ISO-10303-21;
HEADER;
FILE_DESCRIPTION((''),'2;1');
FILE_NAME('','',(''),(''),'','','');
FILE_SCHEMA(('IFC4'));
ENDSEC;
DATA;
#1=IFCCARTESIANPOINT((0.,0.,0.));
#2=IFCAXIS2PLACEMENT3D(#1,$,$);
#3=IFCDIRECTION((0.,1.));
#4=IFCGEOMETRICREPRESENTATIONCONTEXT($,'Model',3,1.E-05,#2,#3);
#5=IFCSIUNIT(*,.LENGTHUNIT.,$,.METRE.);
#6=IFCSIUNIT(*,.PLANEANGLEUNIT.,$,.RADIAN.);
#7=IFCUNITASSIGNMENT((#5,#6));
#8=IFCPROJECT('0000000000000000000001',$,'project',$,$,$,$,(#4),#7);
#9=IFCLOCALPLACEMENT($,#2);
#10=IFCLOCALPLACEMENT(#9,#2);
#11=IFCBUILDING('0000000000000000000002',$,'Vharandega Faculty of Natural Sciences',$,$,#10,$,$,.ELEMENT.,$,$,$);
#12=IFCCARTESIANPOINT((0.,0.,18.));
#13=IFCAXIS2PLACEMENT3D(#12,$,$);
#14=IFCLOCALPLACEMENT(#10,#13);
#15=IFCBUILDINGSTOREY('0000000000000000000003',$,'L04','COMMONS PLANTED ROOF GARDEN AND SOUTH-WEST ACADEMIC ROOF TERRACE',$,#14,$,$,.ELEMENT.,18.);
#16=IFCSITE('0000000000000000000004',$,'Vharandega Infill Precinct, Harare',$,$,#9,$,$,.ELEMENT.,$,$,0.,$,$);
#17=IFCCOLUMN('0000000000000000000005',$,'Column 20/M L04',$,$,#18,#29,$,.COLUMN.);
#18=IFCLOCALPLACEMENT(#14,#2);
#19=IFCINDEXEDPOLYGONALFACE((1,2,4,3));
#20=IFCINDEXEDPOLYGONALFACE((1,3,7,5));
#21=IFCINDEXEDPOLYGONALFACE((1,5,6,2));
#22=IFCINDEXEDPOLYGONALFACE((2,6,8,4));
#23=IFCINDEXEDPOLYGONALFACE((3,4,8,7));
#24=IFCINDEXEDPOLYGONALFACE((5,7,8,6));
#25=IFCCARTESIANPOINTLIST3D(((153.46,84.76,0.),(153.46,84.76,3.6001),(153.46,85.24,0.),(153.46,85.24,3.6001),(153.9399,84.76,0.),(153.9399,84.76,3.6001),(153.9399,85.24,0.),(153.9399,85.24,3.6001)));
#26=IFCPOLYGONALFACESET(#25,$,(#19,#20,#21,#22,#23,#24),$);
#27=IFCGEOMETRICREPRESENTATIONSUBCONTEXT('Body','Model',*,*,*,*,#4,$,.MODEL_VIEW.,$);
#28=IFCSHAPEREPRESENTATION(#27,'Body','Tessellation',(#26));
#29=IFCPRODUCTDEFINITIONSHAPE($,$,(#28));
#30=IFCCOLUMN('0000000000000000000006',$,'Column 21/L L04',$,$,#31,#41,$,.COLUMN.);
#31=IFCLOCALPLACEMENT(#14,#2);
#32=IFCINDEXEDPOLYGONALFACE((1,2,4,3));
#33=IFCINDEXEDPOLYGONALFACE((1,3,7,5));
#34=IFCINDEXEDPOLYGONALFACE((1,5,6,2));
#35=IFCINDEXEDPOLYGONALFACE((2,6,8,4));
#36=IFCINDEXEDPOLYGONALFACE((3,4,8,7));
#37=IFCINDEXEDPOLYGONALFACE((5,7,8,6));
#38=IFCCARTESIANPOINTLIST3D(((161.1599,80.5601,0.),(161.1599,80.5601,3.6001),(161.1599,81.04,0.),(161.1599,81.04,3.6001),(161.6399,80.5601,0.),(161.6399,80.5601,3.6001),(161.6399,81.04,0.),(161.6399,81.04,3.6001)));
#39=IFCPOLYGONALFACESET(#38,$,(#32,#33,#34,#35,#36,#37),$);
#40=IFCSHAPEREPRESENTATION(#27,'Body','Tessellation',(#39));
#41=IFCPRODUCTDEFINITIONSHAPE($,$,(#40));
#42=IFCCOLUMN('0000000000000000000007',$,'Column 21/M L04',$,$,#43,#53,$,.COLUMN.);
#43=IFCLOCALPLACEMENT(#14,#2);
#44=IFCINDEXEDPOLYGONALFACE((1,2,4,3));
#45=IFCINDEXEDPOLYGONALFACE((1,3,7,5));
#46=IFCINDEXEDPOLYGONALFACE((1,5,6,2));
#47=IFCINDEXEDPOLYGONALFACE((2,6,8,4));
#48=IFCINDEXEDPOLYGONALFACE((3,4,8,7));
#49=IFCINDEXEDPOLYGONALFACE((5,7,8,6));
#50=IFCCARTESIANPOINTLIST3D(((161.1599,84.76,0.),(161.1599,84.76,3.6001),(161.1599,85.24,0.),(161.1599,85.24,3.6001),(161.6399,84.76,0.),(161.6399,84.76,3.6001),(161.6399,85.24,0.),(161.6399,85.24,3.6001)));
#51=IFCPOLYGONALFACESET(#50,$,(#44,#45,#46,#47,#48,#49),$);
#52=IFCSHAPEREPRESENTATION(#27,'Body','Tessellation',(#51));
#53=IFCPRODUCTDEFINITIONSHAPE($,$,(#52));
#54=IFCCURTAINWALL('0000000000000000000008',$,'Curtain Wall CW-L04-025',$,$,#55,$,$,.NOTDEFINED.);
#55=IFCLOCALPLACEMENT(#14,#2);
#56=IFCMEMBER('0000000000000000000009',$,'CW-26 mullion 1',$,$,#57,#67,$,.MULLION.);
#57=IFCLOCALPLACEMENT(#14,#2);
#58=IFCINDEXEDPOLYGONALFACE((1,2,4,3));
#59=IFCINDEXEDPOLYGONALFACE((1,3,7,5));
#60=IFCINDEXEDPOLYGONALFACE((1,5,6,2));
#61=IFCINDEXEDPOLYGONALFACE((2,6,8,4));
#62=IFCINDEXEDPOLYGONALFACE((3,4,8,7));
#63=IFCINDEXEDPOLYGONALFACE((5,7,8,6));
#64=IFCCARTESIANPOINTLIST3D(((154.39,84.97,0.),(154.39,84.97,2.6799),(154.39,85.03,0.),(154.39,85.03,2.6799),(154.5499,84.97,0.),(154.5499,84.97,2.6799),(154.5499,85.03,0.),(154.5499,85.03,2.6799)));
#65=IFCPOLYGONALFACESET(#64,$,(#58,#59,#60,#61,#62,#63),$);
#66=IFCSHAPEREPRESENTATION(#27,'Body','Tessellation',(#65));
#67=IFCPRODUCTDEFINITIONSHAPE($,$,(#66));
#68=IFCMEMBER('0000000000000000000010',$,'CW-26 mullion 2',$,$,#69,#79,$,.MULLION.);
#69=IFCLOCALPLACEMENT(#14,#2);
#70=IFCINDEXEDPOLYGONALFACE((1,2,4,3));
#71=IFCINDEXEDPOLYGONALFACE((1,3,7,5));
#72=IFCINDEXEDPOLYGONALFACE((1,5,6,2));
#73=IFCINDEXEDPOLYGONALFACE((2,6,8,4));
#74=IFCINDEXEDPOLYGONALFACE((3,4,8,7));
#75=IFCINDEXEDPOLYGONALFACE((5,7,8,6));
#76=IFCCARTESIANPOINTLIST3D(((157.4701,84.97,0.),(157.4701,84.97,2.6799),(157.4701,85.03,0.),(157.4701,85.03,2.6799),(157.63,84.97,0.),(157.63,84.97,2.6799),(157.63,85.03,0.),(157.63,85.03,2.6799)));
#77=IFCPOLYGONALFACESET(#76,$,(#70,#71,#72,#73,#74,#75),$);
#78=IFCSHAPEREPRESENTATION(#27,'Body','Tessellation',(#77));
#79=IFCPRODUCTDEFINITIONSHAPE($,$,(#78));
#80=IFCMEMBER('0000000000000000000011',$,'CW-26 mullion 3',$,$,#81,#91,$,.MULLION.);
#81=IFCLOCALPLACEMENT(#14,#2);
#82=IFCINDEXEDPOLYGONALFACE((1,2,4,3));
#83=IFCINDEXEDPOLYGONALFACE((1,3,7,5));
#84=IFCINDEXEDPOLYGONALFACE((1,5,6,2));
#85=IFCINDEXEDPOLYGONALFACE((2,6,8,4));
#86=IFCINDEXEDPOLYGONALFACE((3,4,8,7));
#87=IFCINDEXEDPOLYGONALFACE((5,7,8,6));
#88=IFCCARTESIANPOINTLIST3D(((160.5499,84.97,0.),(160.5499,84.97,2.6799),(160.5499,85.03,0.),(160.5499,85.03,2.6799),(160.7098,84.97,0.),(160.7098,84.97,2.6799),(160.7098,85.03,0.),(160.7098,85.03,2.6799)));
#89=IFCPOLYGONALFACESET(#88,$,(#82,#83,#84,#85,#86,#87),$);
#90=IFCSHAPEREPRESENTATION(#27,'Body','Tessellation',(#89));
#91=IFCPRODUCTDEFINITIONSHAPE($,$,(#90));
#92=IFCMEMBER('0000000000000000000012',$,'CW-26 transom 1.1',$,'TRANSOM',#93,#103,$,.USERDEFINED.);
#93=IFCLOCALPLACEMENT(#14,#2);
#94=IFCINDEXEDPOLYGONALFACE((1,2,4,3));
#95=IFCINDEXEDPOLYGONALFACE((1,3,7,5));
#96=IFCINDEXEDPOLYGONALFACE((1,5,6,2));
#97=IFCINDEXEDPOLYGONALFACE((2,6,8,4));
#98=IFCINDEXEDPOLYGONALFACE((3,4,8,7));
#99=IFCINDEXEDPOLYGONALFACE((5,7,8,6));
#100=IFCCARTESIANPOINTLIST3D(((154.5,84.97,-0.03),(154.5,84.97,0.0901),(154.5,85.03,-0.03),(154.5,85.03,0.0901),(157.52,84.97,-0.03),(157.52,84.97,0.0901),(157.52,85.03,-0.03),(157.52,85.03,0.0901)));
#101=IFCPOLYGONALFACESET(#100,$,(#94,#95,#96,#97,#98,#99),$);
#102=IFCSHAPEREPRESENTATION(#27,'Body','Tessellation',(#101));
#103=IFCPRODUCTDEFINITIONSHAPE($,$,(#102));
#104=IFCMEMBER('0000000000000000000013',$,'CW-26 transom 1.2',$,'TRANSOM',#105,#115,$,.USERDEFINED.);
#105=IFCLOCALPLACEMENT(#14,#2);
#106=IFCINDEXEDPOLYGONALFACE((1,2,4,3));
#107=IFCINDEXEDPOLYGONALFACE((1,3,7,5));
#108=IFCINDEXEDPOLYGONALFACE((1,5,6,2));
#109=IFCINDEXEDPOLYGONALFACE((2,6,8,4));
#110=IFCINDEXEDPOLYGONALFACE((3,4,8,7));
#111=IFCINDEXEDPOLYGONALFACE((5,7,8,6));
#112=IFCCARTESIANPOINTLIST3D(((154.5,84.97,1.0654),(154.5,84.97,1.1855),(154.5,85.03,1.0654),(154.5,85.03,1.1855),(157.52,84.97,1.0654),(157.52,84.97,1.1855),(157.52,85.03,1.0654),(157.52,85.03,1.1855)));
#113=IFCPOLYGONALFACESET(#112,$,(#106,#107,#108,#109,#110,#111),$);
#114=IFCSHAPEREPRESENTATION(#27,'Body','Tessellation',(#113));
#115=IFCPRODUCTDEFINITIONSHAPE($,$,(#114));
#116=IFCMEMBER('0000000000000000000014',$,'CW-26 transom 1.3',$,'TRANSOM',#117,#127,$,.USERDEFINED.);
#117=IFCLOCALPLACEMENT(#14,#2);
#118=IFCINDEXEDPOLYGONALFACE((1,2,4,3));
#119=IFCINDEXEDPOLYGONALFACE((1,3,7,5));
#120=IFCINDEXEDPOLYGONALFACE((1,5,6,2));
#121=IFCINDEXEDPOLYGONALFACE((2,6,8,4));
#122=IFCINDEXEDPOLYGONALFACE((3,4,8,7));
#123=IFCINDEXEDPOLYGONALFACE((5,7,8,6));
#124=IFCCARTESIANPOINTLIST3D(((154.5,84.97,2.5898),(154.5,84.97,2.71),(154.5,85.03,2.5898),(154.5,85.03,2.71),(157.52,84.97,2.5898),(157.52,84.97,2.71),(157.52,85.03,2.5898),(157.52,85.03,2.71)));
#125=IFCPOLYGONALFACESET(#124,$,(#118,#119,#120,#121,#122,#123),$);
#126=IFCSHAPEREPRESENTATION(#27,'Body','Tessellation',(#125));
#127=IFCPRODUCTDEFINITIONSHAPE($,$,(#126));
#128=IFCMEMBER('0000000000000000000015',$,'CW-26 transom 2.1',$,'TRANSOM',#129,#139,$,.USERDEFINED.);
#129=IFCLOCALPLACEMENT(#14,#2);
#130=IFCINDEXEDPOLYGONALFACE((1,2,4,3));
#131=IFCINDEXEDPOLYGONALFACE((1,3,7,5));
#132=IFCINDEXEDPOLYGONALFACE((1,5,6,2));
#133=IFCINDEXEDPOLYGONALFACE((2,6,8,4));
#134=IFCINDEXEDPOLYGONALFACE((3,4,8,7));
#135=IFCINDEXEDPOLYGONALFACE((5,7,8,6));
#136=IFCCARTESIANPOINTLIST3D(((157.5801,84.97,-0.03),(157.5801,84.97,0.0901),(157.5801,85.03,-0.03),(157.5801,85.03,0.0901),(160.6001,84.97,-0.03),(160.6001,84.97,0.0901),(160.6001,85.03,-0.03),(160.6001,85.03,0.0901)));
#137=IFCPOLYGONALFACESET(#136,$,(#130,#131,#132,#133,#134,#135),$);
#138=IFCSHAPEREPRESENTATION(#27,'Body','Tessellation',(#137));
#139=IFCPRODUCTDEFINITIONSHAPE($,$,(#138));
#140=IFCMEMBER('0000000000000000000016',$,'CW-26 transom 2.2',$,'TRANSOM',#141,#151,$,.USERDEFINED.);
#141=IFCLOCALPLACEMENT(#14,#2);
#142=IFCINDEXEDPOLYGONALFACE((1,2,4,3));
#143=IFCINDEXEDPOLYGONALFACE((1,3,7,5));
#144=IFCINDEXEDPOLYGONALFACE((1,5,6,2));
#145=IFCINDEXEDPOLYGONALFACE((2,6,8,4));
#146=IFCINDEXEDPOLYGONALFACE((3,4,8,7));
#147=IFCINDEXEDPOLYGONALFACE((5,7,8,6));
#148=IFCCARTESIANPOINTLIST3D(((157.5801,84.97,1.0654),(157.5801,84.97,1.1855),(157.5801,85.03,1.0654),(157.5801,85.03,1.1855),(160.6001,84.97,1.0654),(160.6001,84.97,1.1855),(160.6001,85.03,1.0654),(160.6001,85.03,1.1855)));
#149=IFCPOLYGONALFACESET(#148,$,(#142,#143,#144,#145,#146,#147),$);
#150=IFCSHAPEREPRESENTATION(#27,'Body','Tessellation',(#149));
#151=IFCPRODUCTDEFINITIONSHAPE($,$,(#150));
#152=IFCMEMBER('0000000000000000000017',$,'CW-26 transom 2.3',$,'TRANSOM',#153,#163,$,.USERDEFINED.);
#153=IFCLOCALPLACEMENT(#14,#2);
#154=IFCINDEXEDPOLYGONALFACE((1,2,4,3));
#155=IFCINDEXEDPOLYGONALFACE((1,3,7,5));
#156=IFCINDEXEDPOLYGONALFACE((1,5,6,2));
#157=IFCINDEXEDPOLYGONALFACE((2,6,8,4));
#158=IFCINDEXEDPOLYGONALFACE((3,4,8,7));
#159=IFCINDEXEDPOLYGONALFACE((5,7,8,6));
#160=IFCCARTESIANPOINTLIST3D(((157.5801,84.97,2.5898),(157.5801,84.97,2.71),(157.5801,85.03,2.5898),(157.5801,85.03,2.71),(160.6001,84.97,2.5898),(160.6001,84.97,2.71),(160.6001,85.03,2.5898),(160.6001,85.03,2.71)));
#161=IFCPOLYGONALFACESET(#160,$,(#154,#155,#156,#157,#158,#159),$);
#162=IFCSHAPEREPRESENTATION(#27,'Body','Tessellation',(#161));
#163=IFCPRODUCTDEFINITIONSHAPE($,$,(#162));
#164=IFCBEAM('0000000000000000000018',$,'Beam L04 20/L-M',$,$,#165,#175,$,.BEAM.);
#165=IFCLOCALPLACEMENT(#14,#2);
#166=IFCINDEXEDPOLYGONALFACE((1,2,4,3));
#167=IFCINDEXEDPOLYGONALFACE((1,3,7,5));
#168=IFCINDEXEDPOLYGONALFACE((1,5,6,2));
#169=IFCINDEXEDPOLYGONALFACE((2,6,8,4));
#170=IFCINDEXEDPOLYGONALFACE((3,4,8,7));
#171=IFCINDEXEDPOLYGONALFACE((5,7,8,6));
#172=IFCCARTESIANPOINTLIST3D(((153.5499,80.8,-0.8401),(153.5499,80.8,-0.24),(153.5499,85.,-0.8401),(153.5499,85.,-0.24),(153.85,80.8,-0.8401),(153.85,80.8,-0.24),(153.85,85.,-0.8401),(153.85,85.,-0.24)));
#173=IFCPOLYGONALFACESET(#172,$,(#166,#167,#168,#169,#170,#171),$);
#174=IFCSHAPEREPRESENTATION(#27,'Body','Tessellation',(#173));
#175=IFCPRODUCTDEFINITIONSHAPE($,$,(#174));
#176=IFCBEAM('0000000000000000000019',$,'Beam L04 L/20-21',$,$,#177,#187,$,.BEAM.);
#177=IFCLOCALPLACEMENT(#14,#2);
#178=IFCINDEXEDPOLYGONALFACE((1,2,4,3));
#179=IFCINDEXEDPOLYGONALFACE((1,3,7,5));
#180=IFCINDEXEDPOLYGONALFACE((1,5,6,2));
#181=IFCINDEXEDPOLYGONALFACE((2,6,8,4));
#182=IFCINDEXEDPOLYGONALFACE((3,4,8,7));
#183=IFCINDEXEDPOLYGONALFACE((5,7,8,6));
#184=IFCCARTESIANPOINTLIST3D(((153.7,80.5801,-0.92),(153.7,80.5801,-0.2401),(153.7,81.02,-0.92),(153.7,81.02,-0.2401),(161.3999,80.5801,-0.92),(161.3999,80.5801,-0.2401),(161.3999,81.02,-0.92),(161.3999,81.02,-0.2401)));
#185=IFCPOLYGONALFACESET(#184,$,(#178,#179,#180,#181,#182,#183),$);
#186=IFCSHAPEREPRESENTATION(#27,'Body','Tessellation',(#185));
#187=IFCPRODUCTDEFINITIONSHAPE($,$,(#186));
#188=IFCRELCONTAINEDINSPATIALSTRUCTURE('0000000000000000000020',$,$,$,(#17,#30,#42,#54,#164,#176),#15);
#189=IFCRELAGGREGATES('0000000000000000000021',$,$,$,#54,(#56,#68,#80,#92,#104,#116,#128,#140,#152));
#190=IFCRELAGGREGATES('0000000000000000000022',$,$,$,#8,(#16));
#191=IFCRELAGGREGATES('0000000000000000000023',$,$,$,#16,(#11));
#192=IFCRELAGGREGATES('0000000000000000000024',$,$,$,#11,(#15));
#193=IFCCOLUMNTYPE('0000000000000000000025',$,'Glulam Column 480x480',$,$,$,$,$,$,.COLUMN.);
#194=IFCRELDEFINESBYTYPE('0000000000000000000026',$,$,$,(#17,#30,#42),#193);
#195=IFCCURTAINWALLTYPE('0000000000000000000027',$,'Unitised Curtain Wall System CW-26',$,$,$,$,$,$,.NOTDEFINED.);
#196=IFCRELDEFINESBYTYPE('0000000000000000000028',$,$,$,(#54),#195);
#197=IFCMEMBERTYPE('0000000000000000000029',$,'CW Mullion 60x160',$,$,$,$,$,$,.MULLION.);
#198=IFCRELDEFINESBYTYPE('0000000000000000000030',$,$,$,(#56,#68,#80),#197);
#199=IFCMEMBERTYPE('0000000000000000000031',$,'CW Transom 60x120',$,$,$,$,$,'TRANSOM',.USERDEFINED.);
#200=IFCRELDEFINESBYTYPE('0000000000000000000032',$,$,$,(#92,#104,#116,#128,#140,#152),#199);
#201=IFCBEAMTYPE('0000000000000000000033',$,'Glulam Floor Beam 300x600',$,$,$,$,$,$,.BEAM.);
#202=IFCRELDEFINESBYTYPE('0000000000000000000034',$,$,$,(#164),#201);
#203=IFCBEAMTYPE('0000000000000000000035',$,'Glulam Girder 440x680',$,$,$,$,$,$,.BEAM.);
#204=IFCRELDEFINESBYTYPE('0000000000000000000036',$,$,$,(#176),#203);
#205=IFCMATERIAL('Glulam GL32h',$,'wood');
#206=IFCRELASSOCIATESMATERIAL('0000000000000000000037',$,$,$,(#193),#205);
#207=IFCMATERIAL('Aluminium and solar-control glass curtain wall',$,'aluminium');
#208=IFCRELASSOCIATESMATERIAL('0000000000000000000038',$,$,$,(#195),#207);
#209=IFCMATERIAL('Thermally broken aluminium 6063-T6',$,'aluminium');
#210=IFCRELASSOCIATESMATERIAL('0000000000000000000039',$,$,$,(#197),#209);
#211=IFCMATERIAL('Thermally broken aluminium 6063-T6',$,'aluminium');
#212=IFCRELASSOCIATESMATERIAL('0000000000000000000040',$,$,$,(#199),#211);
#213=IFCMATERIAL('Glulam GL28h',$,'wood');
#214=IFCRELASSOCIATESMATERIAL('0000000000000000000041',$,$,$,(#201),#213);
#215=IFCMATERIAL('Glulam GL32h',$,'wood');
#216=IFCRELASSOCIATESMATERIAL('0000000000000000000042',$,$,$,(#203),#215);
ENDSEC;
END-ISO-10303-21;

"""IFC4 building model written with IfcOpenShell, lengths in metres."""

from ifc_helpers import new_model, si_unit, direction, frame, origin, origin_2d, place, context, subcontext, project, spatial, rectangle, extrude, material, material_profile, profile_set, type_object, element, aggregate, save


model = new_model("IFC4")

# Units and contexts
model_context = context("Model", 3, precision=1e-05, world=origin(), true_north=direction((0.0, 1.0)))
body_context = subcontext(model_context, "Body", "Model", "MODEL_VIEW")
ifc_project = project(units=[si_unit("LENGTHUNIT", "METRE"), si_unit("PLANEANGLEUNIT", "RADIAN")], contexts=[model_context])

# Site, building, storey
site_placement = place(None, origin())
site = spatial("IfcSite", under=ifc_project, at=site_placement, Name="Vharandega Infill Precinct, Harare", CompositionType="ELEMENT", RefElevation=0.0)
building_placement = place(site_placement, origin())
building = spatial("IfcBuilding", under=site, at=building_placement, Name="Vharandega Faculty of Natural Sciences", CompositionType="ELEMENT")
storey_placement = place(building_placement, frame((0.0, 0.0, 18.0)))
storey = spatial("IfcBuildingStorey", under=building, at=storey_placement, Name="L04", Description="COMMONS PLANTED ROOF GARDEN AND SOUTH-WEST ACADEMIC ROOF TERRACE", CompositionType="ELEMENT", Elevation=18.0)

# Columns
ifc_material_1 = material(Name="Glulam GL32h", Category="wood")
ifc_material_profile_1 = material_profile(ifc_material_1, rectangle(XDim=0.48, YDim=0.48, at=origin_2d()), Name="GL32h 480x480")
ifc_profile_set_1 = profile_set([ifc_material_profile_1], Name="Glulam GL32h")
column_type = type_object("IfcColumnType", Name="Glulam Column 480x480", PredefinedType="COLUMN", material=ifc_profile_set_1)
for number, where, z_axis, x_axis, name in (
    (1, (153.7, 85.0, 0.0), (0.0, 0.0, 1.0), (1.0, 0.0, 0.0), "Column 20/M L04"),
    (2, (161.3999, 80.8, 0.0), (0.0, 0.0, 1.0), (1.0, 0.0, 0.0), "Column 21/L L04"),
    (3, (161.3999, 85.0, 0.0), (0.0, 0.0, 1.0), (1.0, 0.0, 0.0), "Column 21/M L04"),
):
    element("IfcColumn", number, at=place(storey_placement, frame(where, z_axis=z_axis, x_axis=x_axis)), inside=storey, type_object=column_type, Name=name, PredefinedType="COLUMN", context=body_context, shape_type="SweptSolid", body=[
        extrude(rectangle(XDim=0.48, YDim=0.48, at=origin_2d()), origin(), (0.0, 0.0, 1.0), 3.6001),
    ])

# Curtain wall, members
ifc_material_2 = material(Name="Aluminium and solar-control glass curtain wall", Category="aluminium")
curtain_wall_type = type_object("IfcCurtainWallType", Name="Unitised Curtain Wall System CW-26", PredefinedType="NOTDEFINED", material=ifc_material_2)
curtain_wall_placement = place(storey_placement, origin())
curtain_wall = element("IfcCurtainWall", 4, at=curtain_wall_placement, inside=storey, type_object=curtain_wall_type, Name="Curtain Wall CW-L04-025", PredefinedType="NOTDEFINED")
ifc_material_3 = material(Name="Thermally broken aluminium 6063-T6", Category="aluminium")
ifc_material_profile_2 = material_profile(ifc_material_3, rectangle(XDim=0.0601, YDim=0.1599, at=origin_2d()), Name="ALU 60x160")
ifc_profile_set_2 = profile_set([ifc_material_profile_2], Name="Thermally broken aluminium 6063-T6")
member_type_1 = type_object("IfcMemberType", Name="CW Mullion 60x160", PredefinedType="MULLION", material=ifc_profile_set_2)
member_1_placement = place(storey_placement, frame((154.47, 85.0, 0.0), z_axis=(0.0, 0.0, 1.0), x_axis=(0.0, 1.0, 0.0)))
member_1 = element("IfcMember", 5, at=member_1_placement, type_object=member_type_1, Name="CW-26 mullion 1", PredefinedType="MULLION", context=body_context, shape_type="SweptSolid", body=[
    extrude(rectangle(XDim=0.0601, YDim=0.1599, at=origin_2d()), origin(), (0.0, 0.0, 1.0), 2.6799),
])
member_2_placement = place(storey_placement, frame((157.55, 85.0, 0.0), z_axis=(0.0, 0.0, 1.0), x_axis=(0.0, 1.0, 0.0)))
member_2 = element("IfcMember", 6, at=member_2_placement, type_object=member_type_1, Name="CW-26 mullion 2", PredefinedType="MULLION", context=body_context, shape_type="SweptSolid", body=[
    extrude(rectangle(XDim=0.0601, YDim=0.1599, at=origin_2d()), origin(), (0.0, 0.0, 1.0), 2.6799),
])
member_3_placement = place(storey_placement, frame((160.6299, 85.0, 0.0), z_axis=(0.0, 0.0, 1.0), x_axis=(0.0, 1.0, 0.0)))
member_3 = element("IfcMember", 7, at=member_3_placement, type_object=member_type_1, Name="CW-26 mullion 3", PredefinedType="MULLION", context=body_context, shape_type="SweptSolid", body=[
    extrude(rectangle(XDim=0.0601, YDim=0.1599, at=origin_2d()), origin(), (0.0, 0.0, 1.0), 2.6799),
])
ifc_material_4 = material(Name="Thermally broken aluminium 6063-T6", Category="aluminium")
ifc_material_profile_3 = material_profile(ifc_material_4, rectangle(XDim=0.0601, YDim=0.1201, at=origin_2d()), Name="ALU 60x120")
ifc_profile_set_3 = profile_set([ifc_material_profile_3], Name="Thermally broken aluminium 6063-T6")
member_type_2 = type_object("IfcMemberType", Name="CW Transom 60x120", ElementType="TRANSOM", PredefinedType="USERDEFINED", material=ifc_profile_set_3)
member_4_placement = place(storey_placement, frame((154.5, 85.0, 0.03), z_axis=(1.0, 0.0, 0.0), x_axis=(0.0, 1.0, 0.0)))
member_4 = element("IfcMember", 8, at=member_4_placement, type_object=member_type_2, Name="CW-26 transom 1.1", ObjectType="TRANSOM", PredefinedType="USERDEFINED", context=body_context, shape_type="SweptSolid", body=[
    extrude(rectangle(XDim=0.0601, YDim=0.1201, at=origin_2d()), origin(), (0.0, 0.0, 1.0), 3.02),
])
member_5_placement = place(storey_placement, frame((154.5, 85.0, 1.1255), z_axis=(1.0, 0.0, 0.0), x_axis=(0.0, 1.0, 0.0)))
member_5 = element("IfcMember", 9, at=member_5_placement, type_object=member_type_2, Name="CW-26 transom 1.2", ObjectType="TRANSOM", PredefinedType="USERDEFINED", context=body_context, shape_type="SweptSolid", body=[
    extrude(rectangle(XDim=0.0601, YDim=0.1201, at=origin_2d()), origin(), (0.0, 0.0, 1.0), 3.02),
])
member_6_placement = place(storey_placement, frame((154.5, 85.0, 2.6499), z_axis=(1.0, 0.0, 0.0), x_axis=(0.0, 1.0, 0.0)))
member_6 = element("IfcMember", 10, at=member_6_placement, type_object=member_type_2, Name="CW-26 transom 1.3", ObjectType="TRANSOM", PredefinedType="USERDEFINED", context=body_context, shape_type="SweptSolid", body=[
    extrude(rectangle(XDim=0.0601, YDim=0.1201, at=origin_2d()), origin(), (0.0, 0.0, 1.0), 3.02),
])
member_7_placement = place(storey_placement, frame((157.5801, 85.0, 0.03), z_axis=(1.0, 0.0, 0.0), x_axis=(0.0, 1.0, 0.0)))
member_7 = element("IfcMember", 11, at=member_7_placement, type_object=member_type_2, Name="CW-26 transom 2.1", ObjectType="TRANSOM", PredefinedType="USERDEFINED", context=body_context, shape_type="SweptSolid", body=[
    extrude(rectangle(XDim=0.0601, YDim=0.1201, at=origin_2d()), origin(), (0.0, 0.0, 1.0), 3.02),
])
member_8_placement = place(storey_placement, frame((157.5801, 85.0, 1.1255), z_axis=(1.0, 0.0, 0.0), x_axis=(0.0, 1.0, 0.0)))
member_8 = element("IfcMember", 12, at=member_8_placement, type_object=member_type_2, Name="CW-26 transom 2.2", ObjectType="TRANSOM", PredefinedType="USERDEFINED", context=body_context, shape_type="SweptSolid", body=[
    extrude(rectangle(XDim=0.0601, YDim=0.1201, at=origin_2d()), origin(), (0.0, 0.0, 1.0), 3.02),
])
member_9_placement = place(storey_placement, frame((157.5801, 85.0, 2.6499), z_axis=(1.0, 0.0, 0.0), x_axis=(0.0, 1.0, 0.0)))
member_9 = element("IfcMember", 13, at=member_9_placement, type_object=member_type_2, Name="CW-26 transom 2.3", ObjectType="TRANSOM", PredefinedType="USERDEFINED", context=body_context, shape_type="SweptSolid", body=[
    extrude(rectangle(XDim=0.0601, YDim=0.1201, at=origin_2d()), origin(), (0.0, 0.0, 1.0), 3.02),
])

# Beams
ifc_material_5 = material(Name="Glulam GL28h", Category="wood")
ifc_material_profile_4 = material_profile(ifc_material_5, rectangle(XDim=0.3, YDim=0.6001, at=origin_2d()), Name="GL28h 300x600")
ifc_profile_set_4 = profile_set([ifc_material_profile_4], Name="Glulam GL28h")
beam_type_1 = type_object("IfcBeamType", Name="Glulam Floor Beam 300x600", PredefinedType="BEAM", material=ifc_profile_set_4)
beam_1_placement = place(storey_placement, frame((153.7, 80.8, -0.54), z_axis=(0.0, 1.0, 0.0), x_axis=(-1.0, 0.0, 0.0)))
element("IfcBeam", 14, at=beam_1_placement, inside=storey, type_object=beam_type_1, Name="Beam L04 20/L-M", PredefinedType="BEAM", context=body_context, shape_type="SweptSolid", body=[
    extrude(rectangle(XDim=0.3, YDim=0.6001, at=origin_2d()), origin(), (0.0, 0.0, 1.0), 4.2),
])
ifc_material_6 = material(Name="Glulam GL32h", Category="wood")
ifc_material_profile_5 = material_profile(ifc_material_6, rectangle(XDim=0.4399, YDim=0.6799, at=origin_2d()), Name="GL32h 440x680")
ifc_profile_set_5 = profile_set([ifc_material_profile_5], Name="Glulam GL32h")
beam_type_2 = type_object("IfcBeamType", Name="Glulam Girder 440x680", PredefinedType="BEAM", material=ifc_profile_set_5)
beam_2_placement = place(storey_placement, frame((153.7, 80.8, -0.5801), z_axis=(1.0, 0.0, 0.0), x_axis=(0.0, 1.0, 0.0)))
element("IfcBeam", 15, at=beam_2_placement, inside=storey, type_object=beam_type_2, Name="Beam L04 L/20-21", PredefinedType="BEAM", context=body_context, shape_type="SweptSolid", body=[
    extrude(rectangle(XDim=0.4399, YDim=0.6799, at=origin_2d()), origin(), (0.0, 0.0, 1.0), 7.7),
])

aggregate(curtain_wall, [member_1, member_2, member_3, member_4, member_5, member_6, member_7, member_8, member_9])

save(model, "model.ifc")
